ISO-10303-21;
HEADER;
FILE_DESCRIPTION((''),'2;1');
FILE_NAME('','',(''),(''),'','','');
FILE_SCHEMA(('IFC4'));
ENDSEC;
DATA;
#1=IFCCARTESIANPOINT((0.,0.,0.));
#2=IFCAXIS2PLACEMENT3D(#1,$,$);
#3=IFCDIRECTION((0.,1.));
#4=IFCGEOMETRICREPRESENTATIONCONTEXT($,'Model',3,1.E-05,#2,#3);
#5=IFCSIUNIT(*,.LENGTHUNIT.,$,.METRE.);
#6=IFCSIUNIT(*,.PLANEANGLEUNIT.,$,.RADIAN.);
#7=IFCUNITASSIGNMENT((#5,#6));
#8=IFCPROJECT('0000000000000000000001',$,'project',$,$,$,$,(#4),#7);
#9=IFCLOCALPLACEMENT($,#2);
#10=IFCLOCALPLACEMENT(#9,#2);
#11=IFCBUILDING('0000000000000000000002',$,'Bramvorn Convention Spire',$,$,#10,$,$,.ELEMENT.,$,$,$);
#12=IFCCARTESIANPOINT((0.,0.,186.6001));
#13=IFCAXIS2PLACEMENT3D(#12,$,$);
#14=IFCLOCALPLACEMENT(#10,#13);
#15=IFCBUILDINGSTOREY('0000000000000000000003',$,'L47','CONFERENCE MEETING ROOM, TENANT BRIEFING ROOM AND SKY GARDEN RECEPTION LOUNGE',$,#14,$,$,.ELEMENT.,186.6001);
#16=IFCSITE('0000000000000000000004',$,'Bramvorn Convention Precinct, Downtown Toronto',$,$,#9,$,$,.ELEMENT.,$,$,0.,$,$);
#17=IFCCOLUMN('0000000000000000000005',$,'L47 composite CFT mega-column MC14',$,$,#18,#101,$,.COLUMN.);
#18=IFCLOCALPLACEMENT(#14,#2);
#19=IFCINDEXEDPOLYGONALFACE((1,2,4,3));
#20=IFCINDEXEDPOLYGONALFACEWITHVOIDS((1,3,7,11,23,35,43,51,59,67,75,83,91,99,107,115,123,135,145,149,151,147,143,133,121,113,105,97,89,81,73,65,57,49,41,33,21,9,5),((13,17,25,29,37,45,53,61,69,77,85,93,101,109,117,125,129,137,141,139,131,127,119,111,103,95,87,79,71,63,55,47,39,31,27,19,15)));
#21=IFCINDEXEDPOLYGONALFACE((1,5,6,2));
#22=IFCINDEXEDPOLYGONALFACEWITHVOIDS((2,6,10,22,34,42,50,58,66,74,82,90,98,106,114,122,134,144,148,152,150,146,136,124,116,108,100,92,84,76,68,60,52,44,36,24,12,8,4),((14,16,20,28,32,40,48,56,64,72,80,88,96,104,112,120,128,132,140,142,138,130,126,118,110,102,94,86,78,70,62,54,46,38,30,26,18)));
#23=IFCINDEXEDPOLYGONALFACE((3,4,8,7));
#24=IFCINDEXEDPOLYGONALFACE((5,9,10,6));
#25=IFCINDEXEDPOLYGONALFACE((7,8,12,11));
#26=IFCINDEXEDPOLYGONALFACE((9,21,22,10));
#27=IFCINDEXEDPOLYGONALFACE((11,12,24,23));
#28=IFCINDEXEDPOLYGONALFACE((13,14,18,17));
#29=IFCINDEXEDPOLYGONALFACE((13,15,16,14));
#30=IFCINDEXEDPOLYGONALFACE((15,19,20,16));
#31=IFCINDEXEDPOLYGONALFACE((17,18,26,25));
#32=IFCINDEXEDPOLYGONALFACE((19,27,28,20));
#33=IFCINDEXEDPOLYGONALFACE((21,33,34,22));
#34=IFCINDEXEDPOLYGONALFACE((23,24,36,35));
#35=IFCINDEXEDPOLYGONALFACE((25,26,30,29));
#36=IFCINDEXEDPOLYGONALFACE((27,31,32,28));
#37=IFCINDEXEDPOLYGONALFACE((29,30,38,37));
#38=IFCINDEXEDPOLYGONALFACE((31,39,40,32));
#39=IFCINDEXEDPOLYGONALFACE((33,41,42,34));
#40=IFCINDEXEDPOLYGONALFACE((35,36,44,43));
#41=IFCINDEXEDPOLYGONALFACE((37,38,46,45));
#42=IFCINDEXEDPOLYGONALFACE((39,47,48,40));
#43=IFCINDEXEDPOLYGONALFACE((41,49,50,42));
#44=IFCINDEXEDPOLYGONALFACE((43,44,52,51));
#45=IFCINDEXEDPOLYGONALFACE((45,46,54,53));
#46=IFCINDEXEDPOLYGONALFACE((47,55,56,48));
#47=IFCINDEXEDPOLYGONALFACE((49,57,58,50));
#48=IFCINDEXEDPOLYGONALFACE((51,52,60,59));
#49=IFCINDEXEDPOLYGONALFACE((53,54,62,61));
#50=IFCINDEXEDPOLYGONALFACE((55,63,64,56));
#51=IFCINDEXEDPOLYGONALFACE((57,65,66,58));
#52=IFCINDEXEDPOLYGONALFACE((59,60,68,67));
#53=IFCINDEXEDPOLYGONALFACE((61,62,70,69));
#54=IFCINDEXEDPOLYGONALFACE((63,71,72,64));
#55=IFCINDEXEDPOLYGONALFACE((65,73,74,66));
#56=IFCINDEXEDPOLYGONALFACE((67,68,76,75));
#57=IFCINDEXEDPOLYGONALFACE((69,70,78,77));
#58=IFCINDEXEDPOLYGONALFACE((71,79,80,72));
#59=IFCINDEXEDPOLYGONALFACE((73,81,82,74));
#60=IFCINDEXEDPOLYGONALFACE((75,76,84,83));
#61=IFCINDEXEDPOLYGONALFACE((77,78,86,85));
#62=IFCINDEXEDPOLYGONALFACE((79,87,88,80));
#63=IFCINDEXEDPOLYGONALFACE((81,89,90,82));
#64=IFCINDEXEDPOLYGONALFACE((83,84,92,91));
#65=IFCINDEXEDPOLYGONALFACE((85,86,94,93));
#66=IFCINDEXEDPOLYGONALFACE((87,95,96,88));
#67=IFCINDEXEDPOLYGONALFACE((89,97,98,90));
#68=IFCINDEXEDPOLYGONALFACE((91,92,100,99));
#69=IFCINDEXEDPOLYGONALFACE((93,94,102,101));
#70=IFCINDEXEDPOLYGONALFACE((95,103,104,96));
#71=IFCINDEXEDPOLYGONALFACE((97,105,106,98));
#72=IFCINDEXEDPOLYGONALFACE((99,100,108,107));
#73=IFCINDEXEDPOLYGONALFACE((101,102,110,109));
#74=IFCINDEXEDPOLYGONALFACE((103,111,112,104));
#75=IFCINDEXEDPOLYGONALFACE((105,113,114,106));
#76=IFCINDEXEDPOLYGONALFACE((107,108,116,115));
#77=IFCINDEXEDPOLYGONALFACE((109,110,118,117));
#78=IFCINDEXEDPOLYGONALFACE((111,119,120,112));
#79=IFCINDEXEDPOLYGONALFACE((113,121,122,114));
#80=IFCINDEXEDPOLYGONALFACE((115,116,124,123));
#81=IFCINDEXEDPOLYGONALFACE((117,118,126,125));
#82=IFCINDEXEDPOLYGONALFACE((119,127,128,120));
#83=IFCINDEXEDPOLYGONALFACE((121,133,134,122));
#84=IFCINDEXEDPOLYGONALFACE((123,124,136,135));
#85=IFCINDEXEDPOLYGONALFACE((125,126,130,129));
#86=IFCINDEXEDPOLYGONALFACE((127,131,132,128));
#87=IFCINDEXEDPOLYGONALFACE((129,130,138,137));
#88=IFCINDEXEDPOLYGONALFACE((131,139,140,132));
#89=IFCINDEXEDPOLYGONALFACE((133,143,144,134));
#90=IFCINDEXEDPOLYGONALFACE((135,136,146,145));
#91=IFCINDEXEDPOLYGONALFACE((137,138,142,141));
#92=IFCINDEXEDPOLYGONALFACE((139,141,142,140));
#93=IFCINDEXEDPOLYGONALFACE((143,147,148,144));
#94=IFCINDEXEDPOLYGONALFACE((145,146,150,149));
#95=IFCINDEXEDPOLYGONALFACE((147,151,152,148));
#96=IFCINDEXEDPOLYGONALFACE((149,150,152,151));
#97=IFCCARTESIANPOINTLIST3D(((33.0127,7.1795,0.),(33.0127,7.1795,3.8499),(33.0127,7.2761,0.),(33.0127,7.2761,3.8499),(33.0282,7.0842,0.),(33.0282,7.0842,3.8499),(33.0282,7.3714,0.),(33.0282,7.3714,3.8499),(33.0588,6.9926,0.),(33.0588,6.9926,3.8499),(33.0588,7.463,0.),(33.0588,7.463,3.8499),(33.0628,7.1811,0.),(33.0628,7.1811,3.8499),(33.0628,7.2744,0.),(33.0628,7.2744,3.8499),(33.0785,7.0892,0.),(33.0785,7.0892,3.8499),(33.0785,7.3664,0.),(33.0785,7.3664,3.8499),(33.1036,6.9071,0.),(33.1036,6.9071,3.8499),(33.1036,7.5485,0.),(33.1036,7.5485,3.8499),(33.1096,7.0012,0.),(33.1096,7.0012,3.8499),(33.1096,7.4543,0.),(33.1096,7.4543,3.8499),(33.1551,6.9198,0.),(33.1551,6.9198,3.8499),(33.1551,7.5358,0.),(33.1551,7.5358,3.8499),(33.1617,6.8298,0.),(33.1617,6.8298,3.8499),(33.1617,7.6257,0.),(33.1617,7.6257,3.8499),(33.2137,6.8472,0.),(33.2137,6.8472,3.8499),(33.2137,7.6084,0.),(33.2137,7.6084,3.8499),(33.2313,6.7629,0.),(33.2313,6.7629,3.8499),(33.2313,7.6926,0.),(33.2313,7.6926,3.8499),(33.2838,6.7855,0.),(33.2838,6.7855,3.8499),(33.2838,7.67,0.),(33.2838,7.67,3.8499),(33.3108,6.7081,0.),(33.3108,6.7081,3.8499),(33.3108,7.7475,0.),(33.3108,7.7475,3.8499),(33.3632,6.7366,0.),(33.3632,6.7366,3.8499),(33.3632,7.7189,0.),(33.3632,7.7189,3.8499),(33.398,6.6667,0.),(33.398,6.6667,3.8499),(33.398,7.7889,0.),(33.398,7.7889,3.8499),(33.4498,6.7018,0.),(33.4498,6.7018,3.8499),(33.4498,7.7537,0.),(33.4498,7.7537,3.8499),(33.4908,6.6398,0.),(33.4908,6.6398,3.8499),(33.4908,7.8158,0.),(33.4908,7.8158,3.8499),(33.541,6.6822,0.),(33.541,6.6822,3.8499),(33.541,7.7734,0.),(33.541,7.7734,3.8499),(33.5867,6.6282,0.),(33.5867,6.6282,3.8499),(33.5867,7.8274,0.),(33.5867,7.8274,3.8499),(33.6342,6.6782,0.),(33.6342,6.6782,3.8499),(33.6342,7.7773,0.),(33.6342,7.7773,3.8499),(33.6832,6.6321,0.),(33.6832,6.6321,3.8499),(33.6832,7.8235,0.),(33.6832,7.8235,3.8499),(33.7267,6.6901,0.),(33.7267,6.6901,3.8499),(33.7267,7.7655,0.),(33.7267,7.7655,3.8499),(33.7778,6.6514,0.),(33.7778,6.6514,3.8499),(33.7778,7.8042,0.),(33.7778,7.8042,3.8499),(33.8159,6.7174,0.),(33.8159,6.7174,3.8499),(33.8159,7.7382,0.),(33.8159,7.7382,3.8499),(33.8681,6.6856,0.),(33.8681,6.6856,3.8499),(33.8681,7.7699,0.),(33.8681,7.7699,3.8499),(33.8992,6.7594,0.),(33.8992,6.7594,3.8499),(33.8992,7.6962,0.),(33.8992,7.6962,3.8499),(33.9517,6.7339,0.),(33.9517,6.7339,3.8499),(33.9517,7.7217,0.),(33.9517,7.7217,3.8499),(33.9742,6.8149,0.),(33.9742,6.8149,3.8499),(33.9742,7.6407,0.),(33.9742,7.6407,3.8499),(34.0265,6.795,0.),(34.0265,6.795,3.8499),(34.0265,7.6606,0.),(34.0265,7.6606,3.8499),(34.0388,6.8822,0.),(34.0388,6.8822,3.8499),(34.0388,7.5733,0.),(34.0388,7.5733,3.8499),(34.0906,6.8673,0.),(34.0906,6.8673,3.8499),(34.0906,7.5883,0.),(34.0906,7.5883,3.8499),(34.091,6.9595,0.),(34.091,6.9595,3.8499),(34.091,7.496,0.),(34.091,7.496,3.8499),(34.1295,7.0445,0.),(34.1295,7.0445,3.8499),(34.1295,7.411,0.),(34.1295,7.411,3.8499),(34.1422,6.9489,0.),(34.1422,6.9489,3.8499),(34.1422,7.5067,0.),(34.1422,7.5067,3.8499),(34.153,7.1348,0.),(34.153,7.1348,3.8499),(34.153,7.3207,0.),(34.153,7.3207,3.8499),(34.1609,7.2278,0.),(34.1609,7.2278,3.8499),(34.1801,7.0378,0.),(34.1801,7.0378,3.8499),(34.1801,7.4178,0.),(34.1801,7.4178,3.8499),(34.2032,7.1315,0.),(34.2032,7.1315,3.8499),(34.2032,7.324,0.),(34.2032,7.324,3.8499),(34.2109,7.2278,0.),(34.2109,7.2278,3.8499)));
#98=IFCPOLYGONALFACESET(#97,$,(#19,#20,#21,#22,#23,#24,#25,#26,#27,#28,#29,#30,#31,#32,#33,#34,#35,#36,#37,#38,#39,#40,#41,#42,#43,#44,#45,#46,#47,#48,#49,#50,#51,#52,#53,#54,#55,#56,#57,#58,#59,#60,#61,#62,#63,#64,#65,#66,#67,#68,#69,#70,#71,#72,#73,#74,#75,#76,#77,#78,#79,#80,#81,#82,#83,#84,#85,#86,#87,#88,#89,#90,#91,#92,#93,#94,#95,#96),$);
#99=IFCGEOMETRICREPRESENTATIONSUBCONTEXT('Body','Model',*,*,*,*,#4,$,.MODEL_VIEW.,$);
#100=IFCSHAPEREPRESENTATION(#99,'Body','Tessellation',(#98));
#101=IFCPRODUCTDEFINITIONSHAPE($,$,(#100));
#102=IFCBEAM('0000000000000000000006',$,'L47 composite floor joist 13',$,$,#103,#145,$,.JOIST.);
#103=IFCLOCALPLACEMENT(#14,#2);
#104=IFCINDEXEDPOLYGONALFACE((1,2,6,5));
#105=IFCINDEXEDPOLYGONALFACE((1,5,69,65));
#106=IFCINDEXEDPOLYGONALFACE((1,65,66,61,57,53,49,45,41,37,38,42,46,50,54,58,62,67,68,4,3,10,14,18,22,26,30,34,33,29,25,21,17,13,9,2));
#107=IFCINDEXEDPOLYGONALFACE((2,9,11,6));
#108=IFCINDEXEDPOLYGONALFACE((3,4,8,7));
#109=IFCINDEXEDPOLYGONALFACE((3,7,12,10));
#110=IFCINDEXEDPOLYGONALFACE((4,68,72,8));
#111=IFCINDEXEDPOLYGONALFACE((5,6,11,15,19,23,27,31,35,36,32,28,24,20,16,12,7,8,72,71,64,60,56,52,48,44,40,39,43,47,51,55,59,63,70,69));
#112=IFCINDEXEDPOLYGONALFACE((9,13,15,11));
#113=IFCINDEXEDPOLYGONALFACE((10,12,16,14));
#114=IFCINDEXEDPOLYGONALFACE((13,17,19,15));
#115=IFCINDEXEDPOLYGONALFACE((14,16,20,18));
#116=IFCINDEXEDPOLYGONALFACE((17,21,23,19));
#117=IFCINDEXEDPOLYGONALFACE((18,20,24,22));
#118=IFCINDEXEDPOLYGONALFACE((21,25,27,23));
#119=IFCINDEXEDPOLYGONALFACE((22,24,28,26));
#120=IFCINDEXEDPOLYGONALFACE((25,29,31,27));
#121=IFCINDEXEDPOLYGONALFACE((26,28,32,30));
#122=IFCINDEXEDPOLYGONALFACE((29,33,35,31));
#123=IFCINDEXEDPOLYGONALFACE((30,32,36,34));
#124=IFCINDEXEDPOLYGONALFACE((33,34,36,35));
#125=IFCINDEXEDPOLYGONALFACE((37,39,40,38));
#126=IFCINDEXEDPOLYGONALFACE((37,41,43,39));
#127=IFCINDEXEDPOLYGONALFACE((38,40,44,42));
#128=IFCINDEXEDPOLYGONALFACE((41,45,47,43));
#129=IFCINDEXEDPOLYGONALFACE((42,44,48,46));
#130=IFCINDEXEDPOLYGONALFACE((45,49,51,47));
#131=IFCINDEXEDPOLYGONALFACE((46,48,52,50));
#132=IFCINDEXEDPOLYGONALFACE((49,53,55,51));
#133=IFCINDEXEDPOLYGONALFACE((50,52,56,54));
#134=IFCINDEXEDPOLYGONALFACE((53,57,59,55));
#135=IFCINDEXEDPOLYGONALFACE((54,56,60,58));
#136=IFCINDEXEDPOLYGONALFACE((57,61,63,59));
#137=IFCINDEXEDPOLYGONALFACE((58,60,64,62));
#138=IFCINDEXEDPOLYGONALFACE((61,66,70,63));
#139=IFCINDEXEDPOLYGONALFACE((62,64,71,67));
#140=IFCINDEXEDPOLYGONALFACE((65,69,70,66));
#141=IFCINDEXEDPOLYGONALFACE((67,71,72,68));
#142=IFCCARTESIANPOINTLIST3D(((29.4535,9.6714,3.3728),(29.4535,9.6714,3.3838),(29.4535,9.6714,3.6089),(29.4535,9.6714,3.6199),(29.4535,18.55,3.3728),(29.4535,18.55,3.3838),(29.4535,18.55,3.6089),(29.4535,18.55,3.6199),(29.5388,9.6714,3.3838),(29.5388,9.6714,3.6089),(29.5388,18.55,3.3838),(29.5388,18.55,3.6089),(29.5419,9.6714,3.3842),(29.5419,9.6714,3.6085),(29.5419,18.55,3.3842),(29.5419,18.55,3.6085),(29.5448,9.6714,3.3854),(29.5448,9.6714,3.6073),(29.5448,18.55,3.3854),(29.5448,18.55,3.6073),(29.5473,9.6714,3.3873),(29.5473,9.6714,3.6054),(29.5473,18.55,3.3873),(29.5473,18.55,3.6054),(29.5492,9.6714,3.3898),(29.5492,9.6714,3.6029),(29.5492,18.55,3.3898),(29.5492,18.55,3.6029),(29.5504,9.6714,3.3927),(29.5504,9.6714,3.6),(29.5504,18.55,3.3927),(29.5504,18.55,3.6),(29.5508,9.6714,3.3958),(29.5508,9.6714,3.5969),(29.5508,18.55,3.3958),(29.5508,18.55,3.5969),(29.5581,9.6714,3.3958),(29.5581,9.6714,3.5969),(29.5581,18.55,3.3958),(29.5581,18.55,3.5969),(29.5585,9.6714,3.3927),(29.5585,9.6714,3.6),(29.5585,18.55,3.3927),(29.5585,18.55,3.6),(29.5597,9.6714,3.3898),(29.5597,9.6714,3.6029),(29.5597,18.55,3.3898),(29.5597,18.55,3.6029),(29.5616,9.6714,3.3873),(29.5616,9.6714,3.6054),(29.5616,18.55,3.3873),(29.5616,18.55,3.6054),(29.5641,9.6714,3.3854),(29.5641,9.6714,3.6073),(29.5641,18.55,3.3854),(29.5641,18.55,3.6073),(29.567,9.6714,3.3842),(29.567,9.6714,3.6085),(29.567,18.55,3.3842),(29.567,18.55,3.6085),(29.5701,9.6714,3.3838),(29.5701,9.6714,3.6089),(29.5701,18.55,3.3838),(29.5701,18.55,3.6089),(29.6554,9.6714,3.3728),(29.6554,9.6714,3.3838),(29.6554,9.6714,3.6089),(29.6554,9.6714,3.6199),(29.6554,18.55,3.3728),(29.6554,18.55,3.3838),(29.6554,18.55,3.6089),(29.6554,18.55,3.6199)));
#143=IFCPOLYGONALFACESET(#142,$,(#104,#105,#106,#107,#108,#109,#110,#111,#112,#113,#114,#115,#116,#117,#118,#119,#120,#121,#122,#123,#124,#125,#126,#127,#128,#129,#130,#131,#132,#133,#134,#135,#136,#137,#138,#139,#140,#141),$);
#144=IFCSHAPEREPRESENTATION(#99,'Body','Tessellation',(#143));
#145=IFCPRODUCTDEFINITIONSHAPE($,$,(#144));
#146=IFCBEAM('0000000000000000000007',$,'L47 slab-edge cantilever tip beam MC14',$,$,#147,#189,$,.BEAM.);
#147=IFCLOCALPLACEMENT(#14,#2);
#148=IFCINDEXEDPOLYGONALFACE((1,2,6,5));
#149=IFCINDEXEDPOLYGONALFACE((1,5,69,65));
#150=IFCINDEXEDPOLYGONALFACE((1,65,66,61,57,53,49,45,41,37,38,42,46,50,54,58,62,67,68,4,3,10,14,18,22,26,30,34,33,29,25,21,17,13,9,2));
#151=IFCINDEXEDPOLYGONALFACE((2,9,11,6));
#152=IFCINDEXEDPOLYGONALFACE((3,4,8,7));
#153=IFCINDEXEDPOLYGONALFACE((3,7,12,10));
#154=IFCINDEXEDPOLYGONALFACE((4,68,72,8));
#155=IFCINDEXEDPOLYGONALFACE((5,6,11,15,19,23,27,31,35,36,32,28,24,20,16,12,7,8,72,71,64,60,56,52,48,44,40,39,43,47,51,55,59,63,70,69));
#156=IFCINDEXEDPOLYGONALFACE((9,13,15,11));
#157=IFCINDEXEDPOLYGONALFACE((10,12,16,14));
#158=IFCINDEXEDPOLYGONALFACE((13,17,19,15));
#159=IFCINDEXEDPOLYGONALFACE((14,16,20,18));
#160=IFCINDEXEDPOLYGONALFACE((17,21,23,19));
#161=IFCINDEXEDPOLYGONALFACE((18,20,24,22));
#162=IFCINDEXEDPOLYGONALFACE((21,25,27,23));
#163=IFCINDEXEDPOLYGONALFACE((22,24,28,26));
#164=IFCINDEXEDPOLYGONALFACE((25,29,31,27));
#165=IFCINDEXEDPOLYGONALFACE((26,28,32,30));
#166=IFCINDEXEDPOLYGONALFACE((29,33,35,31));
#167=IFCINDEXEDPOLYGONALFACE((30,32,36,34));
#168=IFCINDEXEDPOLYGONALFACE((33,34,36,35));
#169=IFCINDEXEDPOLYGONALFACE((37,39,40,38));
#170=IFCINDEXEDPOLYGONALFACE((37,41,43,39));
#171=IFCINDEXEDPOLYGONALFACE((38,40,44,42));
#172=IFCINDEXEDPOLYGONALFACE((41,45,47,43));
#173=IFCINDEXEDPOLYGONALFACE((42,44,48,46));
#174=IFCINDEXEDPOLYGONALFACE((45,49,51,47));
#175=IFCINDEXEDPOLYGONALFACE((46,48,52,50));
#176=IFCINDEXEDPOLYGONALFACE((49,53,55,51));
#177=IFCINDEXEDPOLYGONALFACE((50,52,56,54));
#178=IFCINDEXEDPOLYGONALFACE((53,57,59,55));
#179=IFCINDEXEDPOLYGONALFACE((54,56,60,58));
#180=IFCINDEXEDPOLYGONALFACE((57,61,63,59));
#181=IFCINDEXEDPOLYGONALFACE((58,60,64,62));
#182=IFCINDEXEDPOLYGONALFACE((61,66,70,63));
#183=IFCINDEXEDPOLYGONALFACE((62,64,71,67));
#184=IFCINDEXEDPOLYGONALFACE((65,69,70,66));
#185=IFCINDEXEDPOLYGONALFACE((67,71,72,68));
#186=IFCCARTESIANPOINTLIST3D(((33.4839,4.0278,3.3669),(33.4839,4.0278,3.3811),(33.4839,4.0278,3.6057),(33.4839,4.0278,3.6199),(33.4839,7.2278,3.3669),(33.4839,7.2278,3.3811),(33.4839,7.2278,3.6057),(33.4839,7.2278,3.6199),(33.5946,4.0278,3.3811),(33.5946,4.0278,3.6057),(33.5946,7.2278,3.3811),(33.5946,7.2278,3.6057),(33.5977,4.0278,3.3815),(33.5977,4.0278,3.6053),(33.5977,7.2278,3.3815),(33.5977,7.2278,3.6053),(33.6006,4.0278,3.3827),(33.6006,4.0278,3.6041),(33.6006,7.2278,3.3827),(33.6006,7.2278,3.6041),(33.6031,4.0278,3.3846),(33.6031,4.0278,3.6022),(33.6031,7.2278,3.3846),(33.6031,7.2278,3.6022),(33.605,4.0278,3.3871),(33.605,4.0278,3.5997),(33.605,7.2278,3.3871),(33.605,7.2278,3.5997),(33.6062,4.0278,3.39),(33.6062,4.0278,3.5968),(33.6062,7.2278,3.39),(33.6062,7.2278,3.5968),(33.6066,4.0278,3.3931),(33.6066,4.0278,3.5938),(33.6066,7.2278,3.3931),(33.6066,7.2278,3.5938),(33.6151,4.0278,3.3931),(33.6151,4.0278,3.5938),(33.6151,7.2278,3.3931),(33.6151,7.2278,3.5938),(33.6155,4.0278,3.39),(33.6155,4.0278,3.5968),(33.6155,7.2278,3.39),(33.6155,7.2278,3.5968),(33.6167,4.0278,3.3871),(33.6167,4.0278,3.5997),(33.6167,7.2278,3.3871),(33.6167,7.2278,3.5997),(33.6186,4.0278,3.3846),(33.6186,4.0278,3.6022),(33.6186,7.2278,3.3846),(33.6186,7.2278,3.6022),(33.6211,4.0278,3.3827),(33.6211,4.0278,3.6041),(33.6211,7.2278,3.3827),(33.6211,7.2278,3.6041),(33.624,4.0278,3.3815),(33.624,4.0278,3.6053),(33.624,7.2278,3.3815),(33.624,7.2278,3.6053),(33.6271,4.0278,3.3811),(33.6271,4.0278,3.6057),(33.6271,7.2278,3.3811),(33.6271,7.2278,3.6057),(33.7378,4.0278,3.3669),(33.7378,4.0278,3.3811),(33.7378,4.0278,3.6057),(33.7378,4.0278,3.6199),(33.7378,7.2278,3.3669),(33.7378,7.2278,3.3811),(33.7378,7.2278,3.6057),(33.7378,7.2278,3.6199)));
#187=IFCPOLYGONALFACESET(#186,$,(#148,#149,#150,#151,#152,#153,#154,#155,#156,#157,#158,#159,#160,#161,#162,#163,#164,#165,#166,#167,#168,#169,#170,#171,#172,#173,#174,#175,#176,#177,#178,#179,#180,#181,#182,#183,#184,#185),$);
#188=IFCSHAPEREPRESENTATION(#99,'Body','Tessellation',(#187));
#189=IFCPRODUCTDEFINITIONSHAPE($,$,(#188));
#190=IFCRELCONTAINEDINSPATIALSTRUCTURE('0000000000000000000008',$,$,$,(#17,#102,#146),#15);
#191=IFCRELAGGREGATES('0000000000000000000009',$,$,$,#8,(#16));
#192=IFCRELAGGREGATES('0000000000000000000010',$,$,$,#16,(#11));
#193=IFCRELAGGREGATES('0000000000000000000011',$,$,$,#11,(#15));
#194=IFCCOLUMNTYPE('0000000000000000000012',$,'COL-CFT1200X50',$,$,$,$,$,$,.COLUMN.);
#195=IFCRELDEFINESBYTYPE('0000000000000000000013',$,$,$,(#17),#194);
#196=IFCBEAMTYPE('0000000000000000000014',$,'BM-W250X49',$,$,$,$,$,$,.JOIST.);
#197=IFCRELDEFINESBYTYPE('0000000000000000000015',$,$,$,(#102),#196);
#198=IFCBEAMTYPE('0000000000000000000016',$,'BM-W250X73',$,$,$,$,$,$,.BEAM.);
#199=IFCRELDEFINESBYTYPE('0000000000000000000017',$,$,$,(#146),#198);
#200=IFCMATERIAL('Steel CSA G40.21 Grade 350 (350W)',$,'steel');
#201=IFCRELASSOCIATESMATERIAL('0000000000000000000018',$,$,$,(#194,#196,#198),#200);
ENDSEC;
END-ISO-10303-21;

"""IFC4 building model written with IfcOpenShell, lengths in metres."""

from ifc_helpers import new_model, si_unit, direction, frame, origin, origin_2d, place, context, subcontext, project, spatial, hollow_circle, i_section, extrude, material, material_profile, profile_set, type_object, element, save


model = new_model("IFC4")

# Units and contexts
model_context = context("Model", 3, precision=1e-05, world=origin(), true_north=direction((0.0, 1.0)))
body_context = subcontext(model_context, "Body", "Model", "MODEL_VIEW")
ifc_project = project(units=[si_unit("LENGTHUNIT", "METRE"), si_unit("PLANEANGLEUNIT", "RADIAN")], contexts=[model_context])

# Site, building, storey
site_placement = place(None, origin())
site = spatial("IfcSite", under=ifc_project, at=site_placement, Name="Bramvorn Convention Precinct, Downtown Toronto", CompositionType="ELEMENT", RefElevation=0.0)
building_placement = place(site_placement, origin())
building = spatial("IfcBuilding", under=site, at=building_placement, Name="Bramvorn Convention Spire", CompositionType="ELEMENT")
storey_placement = place(building_placement, frame((0.0, 0.0, 186.6001)))
storey = spatial("IfcBuildingStorey", under=building, at=storey_placement, Name="L47", Description="CONFERENCE MEETING ROOM, TENANT BRIEFING ROOM AND SKY GARDEN RECEPTION LOUNGE", CompositionType="ELEMENT", Elevation=186.6001)

# Column
ifc_material_1 = material(Name="Steel CSA G40.21 Grade 350 (350W)", Category="steel")
ifc_material_profile_1 = material_profile(ifc_material_1, hollow_circle(Radius=0.6001, WallThickness=0.05, at=origin_2d()))
ifc_profile_set_1 = profile_set([ifc_material_profile_1], Name="Steel CSA G40.21 Grade 350 (350W) - CFT1200X50")
column_type = type_object("IfcColumnType", Name="COL-CFT1200X50", PredefinedType="COLUMN", material=ifc_profile_set_1)
column_placement = place(storey_placement, frame((33.6108, 7.2278, 0.0), z_axis=(0.0, 0.0, 1.0), x_axis=(1.0, 0.0, 0.0)))
element("IfcColumn", 1, at=column_placement, inside=storey, type_object=column_type, Name="L47 composite CFT mega-column MC14", PredefinedType="COLUMN", context=body_context, shape_type="SweptSolid", body=[
    extrude(hollow_circle(Radius=0.6001, WallThickness=0.05, at=origin_2d()), origin(), (0.0, 0.0, 1.0), 3.8499),
])

# Beams
ifc_material_profile_2 = material_profile(ifc_material_1, i_section(OverallWidth=0.2019, OverallDepth=0.2471, WebThickness=0.0073, FlangeThickness=0.011, FilletRadius=0.012, at=origin_2d()))
ifc_profile_set_2 = profile_set([ifc_material_profile_2], Name="Steel CSA G40.21 Grade 350 (350W) - W250X49")
beam_type_1 = type_object("IfcBeamType", Name="BM-W250X49", PredefinedType="JOIST", material=ifc_profile_set_2)
beam_1_placement = place(storey_placement, frame((29.5544, 18.55, 3.4963), z_axis=(0.0, -1.0, 0.0), x_axis=(1.0, 0.0, 0.0)))
element("IfcBeam", 2, at=beam_1_placement, inside=storey, type_object=beam_type_1, Name="L47 composite floor joist 13", PredefinedType="JOIST", context=body_context, shape_type="SweptSolid", body=[
    extrude(i_section(OverallWidth=0.2019, OverallDepth=0.2471, WebThickness=0.0073, FlangeThickness=0.011, FilletRadius=0.012, at=origin_2d()), origin(), (0.0, 0.0, 1.0), 8.8787),
])
ifc_material_profile_3 = material_profile(ifc_material_1, i_section(OverallWidth=0.2539, OverallDepth=0.2529, WebThickness=0.0085, FlangeThickness=0.0142, FilletRadius=0.012, at=origin_2d()))
ifc_profile_set_3 = profile_set([ifc_material_profile_3], Name="Steel CSA G40.21 Grade 350 (350W) - W250X73")
beam_type_2 = type_object("IfcBeamType", Name="BM-W250X73", PredefinedType="BEAM", material=ifc_profile_set_3)
beam_2_placement = place(storey_placement, frame((33.6108, 7.2278, 3.4934), z_axis=(0.0, -1.0, 0.0), x_axis=(1.0, 0.0, 0.0)))
element("IfcBeam", 3, at=beam_2_placement, inside=storey, type_object=beam_type_2, Name="L47 slab-edge cantilever tip beam MC14", PredefinedType="BEAM", context=body_context, shape_type="SweptSolid", body=[
    extrude(i_section(OverallWidth=0.2539, OverallDepth=0.2529, WebThickness=0.0085, FlangeThickness=0.0142, FilletRadius=0.012, at=origin_2d()), origin(), (0.0, 0.0, 1.0), 3.2),
])

save(model, "model.ifc")
